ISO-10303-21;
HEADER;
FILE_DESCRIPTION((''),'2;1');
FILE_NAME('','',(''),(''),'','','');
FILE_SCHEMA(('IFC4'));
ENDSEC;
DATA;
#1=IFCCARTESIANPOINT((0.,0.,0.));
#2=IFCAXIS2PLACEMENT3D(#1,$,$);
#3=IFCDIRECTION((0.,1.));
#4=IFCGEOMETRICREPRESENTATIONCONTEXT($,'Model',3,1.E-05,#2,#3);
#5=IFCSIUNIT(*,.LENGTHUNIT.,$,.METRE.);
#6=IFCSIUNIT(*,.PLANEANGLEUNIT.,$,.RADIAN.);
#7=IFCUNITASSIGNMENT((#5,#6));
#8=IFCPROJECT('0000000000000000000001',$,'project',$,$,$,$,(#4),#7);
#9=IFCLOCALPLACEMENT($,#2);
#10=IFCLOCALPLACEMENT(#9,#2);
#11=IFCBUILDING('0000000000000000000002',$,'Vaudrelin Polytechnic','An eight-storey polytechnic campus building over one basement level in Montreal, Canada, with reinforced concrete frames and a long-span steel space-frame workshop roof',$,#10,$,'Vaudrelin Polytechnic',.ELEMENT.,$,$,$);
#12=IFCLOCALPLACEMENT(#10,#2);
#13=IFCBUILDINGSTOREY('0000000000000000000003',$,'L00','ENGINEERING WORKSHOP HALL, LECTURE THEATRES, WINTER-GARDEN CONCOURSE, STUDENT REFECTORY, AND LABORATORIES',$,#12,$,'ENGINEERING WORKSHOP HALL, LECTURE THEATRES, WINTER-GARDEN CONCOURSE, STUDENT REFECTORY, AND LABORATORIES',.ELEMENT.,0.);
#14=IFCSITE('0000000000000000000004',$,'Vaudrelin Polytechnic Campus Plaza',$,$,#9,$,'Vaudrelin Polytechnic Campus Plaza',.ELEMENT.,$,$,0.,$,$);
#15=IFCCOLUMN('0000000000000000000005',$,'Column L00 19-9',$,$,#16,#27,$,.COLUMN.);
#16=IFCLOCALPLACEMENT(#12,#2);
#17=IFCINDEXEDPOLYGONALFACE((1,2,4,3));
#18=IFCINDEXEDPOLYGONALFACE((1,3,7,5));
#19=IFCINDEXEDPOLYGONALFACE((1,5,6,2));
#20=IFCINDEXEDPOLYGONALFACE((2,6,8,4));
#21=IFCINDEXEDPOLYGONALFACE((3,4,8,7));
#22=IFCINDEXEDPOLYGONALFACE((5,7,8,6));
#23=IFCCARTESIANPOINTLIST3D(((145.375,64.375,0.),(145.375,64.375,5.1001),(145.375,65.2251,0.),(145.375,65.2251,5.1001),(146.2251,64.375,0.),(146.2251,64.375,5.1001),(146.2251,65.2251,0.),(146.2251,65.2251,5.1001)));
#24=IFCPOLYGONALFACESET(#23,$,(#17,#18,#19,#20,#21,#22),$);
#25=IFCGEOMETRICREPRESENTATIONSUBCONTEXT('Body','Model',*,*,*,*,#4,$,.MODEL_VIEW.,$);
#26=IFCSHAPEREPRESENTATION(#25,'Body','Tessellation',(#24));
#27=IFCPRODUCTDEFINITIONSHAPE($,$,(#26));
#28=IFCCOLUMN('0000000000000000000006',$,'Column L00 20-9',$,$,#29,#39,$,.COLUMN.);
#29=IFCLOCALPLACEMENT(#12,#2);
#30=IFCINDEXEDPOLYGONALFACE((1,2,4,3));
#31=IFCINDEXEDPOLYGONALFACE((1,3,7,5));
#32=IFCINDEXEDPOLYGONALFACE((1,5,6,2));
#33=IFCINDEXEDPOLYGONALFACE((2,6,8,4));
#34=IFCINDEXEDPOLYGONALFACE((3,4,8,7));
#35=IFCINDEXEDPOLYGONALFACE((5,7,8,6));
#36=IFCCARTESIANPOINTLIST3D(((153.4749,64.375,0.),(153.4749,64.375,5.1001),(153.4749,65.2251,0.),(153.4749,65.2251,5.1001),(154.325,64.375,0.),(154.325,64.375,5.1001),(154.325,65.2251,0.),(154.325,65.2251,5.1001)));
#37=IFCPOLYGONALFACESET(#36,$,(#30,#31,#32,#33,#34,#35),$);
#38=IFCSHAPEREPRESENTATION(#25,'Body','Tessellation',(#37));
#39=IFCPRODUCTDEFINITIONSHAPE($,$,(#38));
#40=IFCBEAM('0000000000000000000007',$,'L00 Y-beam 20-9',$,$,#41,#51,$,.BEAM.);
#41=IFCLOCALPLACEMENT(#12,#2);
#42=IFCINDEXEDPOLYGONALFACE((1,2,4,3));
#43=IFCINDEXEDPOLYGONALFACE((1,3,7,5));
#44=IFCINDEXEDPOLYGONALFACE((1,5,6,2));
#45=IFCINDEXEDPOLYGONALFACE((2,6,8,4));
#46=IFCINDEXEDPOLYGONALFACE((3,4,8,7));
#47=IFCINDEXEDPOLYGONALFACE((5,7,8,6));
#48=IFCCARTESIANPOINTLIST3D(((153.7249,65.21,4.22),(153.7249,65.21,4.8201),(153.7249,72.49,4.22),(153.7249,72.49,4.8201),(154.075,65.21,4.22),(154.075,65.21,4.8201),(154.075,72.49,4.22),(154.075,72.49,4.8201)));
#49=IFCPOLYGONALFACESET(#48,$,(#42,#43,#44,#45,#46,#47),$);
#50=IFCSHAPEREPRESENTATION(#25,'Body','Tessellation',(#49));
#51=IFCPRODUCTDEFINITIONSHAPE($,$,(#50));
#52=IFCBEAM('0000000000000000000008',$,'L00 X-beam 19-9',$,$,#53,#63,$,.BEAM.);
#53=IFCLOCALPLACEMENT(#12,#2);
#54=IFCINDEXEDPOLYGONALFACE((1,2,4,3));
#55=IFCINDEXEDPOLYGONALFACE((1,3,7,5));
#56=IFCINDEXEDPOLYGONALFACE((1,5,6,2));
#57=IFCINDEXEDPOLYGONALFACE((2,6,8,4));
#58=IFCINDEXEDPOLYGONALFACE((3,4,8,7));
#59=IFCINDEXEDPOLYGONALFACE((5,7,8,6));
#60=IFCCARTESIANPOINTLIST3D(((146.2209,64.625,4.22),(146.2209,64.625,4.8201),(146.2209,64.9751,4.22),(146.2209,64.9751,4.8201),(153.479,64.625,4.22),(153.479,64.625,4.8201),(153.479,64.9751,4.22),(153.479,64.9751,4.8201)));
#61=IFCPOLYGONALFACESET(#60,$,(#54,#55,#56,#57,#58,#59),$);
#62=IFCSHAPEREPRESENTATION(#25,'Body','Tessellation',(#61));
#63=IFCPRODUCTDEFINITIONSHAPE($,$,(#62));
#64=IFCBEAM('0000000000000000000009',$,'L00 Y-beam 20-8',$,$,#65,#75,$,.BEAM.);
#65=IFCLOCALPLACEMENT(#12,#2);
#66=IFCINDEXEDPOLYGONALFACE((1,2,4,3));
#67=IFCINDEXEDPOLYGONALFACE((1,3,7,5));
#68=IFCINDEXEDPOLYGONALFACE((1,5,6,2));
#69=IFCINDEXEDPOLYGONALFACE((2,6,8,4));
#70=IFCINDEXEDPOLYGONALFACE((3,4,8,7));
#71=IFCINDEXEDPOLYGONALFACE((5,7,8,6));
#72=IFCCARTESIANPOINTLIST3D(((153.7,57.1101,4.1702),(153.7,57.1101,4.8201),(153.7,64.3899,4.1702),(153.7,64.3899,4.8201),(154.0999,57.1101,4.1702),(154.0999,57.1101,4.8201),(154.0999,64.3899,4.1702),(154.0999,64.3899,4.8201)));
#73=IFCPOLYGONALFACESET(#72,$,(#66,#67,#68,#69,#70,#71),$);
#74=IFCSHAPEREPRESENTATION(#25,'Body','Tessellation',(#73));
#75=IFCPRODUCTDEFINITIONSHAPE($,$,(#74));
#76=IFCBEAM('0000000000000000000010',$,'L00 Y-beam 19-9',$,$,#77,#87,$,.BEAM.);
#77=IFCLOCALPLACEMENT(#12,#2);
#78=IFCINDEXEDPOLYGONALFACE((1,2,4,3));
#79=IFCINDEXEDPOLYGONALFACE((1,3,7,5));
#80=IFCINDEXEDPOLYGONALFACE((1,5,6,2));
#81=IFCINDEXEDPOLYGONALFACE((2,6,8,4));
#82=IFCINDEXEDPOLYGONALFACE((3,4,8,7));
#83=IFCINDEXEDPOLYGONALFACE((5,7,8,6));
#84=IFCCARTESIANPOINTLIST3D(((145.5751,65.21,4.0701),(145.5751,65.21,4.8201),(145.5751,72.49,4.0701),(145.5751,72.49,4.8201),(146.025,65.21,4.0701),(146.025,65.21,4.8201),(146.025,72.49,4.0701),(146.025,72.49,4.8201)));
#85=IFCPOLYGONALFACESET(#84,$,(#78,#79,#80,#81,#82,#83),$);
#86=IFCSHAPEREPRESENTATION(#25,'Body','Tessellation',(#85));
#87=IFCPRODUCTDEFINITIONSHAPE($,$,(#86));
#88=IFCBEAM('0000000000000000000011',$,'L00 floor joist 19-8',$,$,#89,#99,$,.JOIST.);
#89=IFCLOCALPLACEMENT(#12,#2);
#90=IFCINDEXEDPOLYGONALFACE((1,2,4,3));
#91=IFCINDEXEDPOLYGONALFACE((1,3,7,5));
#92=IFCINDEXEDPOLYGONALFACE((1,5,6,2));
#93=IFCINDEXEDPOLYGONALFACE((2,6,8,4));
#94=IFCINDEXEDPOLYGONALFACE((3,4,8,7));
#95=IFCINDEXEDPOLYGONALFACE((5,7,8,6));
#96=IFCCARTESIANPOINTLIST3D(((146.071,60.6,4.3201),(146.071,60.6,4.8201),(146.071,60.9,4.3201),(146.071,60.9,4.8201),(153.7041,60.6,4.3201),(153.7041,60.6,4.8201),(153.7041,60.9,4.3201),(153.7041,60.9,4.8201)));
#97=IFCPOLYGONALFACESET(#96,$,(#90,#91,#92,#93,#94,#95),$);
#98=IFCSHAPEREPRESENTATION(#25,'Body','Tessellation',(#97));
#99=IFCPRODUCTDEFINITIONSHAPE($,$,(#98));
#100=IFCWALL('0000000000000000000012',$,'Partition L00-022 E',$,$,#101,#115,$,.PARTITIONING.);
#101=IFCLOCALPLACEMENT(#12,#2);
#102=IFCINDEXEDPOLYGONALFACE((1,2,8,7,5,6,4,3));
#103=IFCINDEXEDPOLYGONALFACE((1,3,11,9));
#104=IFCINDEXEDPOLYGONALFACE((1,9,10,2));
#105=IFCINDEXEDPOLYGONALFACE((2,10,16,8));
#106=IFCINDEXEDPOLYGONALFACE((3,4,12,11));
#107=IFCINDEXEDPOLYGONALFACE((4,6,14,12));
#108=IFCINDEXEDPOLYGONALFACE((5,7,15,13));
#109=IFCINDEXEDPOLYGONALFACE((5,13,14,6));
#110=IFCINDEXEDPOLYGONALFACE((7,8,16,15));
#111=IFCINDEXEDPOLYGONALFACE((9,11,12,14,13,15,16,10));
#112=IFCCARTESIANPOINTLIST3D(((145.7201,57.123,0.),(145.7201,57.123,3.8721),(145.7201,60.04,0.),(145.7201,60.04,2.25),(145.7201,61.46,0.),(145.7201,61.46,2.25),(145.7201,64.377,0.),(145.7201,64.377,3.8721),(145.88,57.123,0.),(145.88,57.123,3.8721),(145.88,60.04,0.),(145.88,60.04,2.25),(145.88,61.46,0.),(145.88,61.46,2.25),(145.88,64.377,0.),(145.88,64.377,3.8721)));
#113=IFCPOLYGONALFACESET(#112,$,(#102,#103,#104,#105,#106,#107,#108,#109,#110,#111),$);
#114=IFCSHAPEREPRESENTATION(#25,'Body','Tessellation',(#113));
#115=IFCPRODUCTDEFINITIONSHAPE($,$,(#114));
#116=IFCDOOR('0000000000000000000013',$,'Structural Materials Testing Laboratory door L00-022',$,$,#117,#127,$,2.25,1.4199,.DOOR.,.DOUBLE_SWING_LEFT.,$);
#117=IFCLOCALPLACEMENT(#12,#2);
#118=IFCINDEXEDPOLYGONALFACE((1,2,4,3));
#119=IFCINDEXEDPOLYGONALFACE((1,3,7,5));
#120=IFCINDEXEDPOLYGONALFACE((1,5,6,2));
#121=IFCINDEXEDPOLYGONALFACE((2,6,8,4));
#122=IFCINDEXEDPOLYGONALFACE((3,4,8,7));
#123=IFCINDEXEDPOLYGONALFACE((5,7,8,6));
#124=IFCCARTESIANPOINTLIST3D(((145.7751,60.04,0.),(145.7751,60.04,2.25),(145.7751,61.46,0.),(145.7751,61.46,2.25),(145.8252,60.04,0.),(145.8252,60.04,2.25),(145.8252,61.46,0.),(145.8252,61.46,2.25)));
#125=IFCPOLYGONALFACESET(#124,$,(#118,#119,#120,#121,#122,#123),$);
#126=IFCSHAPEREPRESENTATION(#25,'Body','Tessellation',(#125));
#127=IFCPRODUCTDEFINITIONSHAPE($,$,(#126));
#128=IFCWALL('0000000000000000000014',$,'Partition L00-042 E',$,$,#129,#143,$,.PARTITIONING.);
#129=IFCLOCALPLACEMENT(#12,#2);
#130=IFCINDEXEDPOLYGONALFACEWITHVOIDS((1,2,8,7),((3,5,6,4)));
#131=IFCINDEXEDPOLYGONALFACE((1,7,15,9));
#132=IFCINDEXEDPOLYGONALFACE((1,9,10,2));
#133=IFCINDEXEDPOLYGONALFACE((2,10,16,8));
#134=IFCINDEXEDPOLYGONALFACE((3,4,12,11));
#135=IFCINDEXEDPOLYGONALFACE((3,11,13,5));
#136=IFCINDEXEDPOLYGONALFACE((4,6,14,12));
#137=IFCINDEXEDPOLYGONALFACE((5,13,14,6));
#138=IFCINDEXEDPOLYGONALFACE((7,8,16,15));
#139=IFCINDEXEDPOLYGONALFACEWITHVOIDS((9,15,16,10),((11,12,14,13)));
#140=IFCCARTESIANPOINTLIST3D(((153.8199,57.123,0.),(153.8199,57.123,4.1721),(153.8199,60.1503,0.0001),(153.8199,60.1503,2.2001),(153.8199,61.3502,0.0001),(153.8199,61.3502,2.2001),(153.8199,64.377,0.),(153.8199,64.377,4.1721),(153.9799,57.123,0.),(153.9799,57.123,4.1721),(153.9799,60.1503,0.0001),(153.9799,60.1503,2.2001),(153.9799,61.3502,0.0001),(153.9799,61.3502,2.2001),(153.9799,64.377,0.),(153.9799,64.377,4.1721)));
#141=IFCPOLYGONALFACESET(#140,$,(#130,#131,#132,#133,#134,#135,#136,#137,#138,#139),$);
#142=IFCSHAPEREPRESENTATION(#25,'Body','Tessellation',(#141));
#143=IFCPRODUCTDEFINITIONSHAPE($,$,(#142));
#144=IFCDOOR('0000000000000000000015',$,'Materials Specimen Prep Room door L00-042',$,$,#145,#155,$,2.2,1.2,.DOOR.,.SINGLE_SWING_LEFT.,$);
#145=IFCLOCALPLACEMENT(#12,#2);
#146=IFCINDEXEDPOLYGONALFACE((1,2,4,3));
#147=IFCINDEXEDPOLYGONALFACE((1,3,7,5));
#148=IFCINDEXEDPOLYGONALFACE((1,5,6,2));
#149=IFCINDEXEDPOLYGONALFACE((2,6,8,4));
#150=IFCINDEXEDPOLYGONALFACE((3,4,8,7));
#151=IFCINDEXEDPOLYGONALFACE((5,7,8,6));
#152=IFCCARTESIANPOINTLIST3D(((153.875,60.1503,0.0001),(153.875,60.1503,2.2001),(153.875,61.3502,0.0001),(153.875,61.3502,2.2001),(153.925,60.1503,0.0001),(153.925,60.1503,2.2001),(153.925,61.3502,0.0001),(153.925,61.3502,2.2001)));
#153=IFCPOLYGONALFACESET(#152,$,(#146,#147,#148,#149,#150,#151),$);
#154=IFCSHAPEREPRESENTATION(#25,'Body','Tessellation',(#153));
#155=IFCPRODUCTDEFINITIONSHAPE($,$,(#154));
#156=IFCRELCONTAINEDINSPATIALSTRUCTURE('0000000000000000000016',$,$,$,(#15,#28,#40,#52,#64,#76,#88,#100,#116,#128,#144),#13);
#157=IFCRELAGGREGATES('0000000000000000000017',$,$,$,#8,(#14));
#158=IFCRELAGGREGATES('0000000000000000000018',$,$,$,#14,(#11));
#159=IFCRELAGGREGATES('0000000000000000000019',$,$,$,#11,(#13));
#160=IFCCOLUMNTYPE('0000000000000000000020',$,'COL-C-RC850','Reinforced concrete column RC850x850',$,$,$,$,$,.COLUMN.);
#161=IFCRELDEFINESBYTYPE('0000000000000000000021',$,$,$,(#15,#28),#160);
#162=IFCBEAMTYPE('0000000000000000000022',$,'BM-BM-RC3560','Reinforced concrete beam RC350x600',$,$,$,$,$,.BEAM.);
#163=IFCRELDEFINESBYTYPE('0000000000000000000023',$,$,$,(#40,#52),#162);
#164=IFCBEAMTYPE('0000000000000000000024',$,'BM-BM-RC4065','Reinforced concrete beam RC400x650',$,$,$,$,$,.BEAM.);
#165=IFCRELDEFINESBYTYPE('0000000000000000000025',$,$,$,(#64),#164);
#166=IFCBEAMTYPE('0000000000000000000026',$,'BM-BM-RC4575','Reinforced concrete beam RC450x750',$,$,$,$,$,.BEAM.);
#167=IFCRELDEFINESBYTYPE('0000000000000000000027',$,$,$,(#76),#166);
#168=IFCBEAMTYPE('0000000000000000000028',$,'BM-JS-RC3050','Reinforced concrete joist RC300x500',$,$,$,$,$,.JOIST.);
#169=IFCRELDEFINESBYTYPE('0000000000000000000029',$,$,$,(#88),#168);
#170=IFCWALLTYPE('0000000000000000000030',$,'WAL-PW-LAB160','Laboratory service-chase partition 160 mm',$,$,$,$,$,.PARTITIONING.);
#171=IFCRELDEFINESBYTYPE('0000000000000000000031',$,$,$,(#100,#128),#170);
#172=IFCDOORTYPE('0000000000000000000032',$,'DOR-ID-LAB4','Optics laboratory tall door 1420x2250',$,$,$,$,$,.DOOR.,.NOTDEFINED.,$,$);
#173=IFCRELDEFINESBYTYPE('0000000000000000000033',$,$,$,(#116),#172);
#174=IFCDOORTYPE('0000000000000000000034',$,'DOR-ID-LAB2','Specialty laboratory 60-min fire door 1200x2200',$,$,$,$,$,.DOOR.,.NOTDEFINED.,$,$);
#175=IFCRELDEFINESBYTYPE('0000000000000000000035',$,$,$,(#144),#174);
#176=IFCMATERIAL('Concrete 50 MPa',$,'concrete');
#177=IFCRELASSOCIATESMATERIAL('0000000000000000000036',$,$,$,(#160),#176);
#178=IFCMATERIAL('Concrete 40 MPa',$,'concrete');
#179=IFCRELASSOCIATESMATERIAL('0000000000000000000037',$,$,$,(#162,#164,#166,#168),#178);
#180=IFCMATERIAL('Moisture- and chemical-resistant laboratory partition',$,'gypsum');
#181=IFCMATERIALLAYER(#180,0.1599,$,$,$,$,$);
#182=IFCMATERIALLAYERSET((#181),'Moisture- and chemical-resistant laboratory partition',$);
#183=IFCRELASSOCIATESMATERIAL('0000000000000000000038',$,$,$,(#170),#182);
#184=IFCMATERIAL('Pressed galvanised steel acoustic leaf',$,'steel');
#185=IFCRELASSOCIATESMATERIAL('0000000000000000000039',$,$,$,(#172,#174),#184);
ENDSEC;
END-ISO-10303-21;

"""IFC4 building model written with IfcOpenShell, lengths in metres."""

from ifc_helpers import new_model, si_unit, direction, frame, frame_2d, origin, origin_2d, place, context, subcontext, project, spatial, rectangle, extrude, material, layer, layer_set, material_profile, profile_set, type_object, element, fill, save


model = new_model("IFC4")

# Units and contexts
model_context = context("Model", 3, precision=1e-05, world=origin(), true_north=direction((0.0, 1.0)))
body_context = subcontext(model_context, "Body", "Model", "MODEL_VIEW")
ifc_project = project(units=[si_unit("LENGTHUNIT", "METRE"), si_unit("PLANEANGLEUNIT", "RADIAN")], contexts=[model_context])

# Site, building, storey
site_placement = place(None, origin())
site = spatial("IfcSite", under=ifc_project, at=site_placement, Name="Vaudrelin Polytechnic Campus Plaza", LongName="Vaudrelin Polytechnic Campus Plaza", CompositionType="ELEMENT", RefElevation=0.0)
building_placement = place(site_placement, origin())
building = spatial("IfcBuilding", under=site, at=building_placement, Name="Vaudrelin Polytechnic", Description="An eight-storey polytechnic campus building over one basement level in Montreal, Canada, with reinforced concrete frames and a long-span steel space-frame workshop roof", LongName="Vaudrelin Polytechnic", CompositionType="ELEMENT")
storey_placement = place(building_placement, origin())
storey = spatial("IfcBuildingStorey", under=building, at=storey_placement, Name="L00", Description="ENGINEERING WORKSHOP HALL, LECTURE THEATRES, WINTER-GARDEN CONCOURSE, STUDENT REFECTORY, AND LABORATORIES", LongName="ENGINEERING WORKSHOP HALL, LECTURE THEATRES, WINTER-GARDEN CONCOURSE, STUDENT REFECTORY, AND LABORATORIES", CompositionType="ELEMENT", Elevation=0.0)

# Columns
ifc_material_1 = material(Name="Concrete 50 MPa", Category="concrete")
ifc_material_profile_1 = material_profile(ifc_material_1, rectangle(XDim=0.8501, YDim=0.8501, at=origin_2d()), Name="RC850x850")
ifc_profile_set_1 = profile_set([ifc_material_profile_1], Name="Concrete 50 MPa")
column_type = type_object("IfcColumnType", Name="COL-C-RC850", Description="Reinforced concrete column RC850x850", PredefinedType="COLUMN", material=ifc_profile_set_1)
for number, where, z_axis, x_axis, name in (
    (1, (145.8, 64.8, 0.0), (0.0, 0.0, 1.0), (1.0, 0.0, 0.0), "Column L00 19-9"),
    (2, (153.8999, 64.8, 0.0), (0.0, 0.0, 1.0), (1.0, 0.0, 0.0), "Column L00 20-9"),
):
    element("IfcColumn", number, at=place(storey_placement, frame(where, z_axis=z_axis, x_axis=x_axis)), inside=storey, type_object=column_type, Name=name, PredefinedType="COLUMN", context=body_context, shape_type="SweptSolid", body=[
        extrude(rectangle(XDim=0.8501, YDim=0.8501, at=origin_2d()), origin(), (0.0, 0.0, 1.0), 5.1001),
    ])

# Beams
ifc_material_2 = material(Name="Concrete 40 MPa", Category="concrete")
ifc_material_profile_2 = material_profile(ifc_material_2, rectangle(XDim=0.3501, YDim=0.6001, at=origin_2d()), Name="RC350x600")
ifc_profile_set_2 = profile_set([ifc_material_profile_2], Name="Concrete 40 MPa")
beam_type_1 = type_object("IfcBeamType", Name="BM-BM-RC3560", Description="Reinforced concrete beam RC350x600", PredefinedType="BEAM", material=ifc_profile_set_2)
beam_1_placement = place(storey_placement, frame((153.8999, 65.21, 4.52), z_axis=(0.0, 1.0, 0.0), x_axis=(-1.0, 0.0, 0.0)))
element("IfcBeam", 3, at=beam_1_placement, inside=storey, type_object=beam_type_1, Name="L00 Y-beam 20-9", PredefinedType="BEAM", context=body_context, shape_type="SweptSolid", body=[
    extrude(rectangle(XDim=0.3501, YDim=0.6001, at=origin_2d()), origin(), (0.0, 0.0, 1.0), 7.28),
])
beam_2_placement = place(storey_placement, frame((146.2209, 64.8, 4.52), z_axis=(1.0, 0.0, 0.0), x_axis=(0.0, 1.0, 0.0)))
element("IfcBeam", 4, at=beam_2_placement, inside=storey, type_object=beam_type_1, Name="L00 X-beam 19-9", PredefinedType="BEAM", context=body_context, shape_type="SweptSolid", body=[
    extrude(rectangle(XDim=0.3501, YDim=0.6001, at=origin_2d()), origin(), (0.0, 0.0, 1.0), 7.2581),
])
ifc_material_profile_3 = material_profile(ifc_material_2, rectangle(XDim=0.3999, YDim=0.6499, at=origin_2d()), Name="RC400x650")
ifc_profile_set_3 = profile_set([ifc_material_profile_3], Name="Concrete 40 MPa")
beam_type_2 = type_object("IfcBeamType", Name="BM-BM-RC4065", Description="Reinforced concrete beam RC400x650", PredefinedType="BEAM", material=ifc_profile_set_3)
beam_3_placement = place(storey_placement, frame((153.8999, 57.1101, 4.4951), z_axis=(0.0, 1.0, 0.0), x_axis=(-1.0, 0.0, 0.0)))
element("IfcBeam", 5, at=beam_3_placement, inside=storey, type_object=beam_type_2, Name="L00 Y-beam 20-8", PredefinedType="BEAM", context=body_context, shape_type="SweptSolid", body=[
    extrude(rectangle(XDim=0.3999, YDim=0.6499, at=origin_2d()), origin(), (0.0, 0.0, 1.0), 7.2798),
])
ifc_material_profile_4 = material_profile(ifc_material_2, rectangle(XDim=0.45, YDim=0.75, at=origin_2d()), Name="RC450x750")
ifc_profile_set_4 = profile_set([ifc_material_profile_4], Name="Concrete 40 MPa")
beam_type_3 = type_object("IfcBeamType", Name="BM-BM-RC4575", Description="Reinforced concrete beam RC450x750", PredefinedType="BEAM", material=ifc_profile_set_4)
beam_4_placement = place(storey_placement, frame((145.8, 65.21, 4.4451), z_axis=(0.0, 1.0, 0.0), x_axis=(-1.0, 0.0, 0.0)))
element("IfcBeam", 6, at=beam_4_placement, inside=storey, type_object=beam_type_3, Name="L00 Y-beam 19-9", PredefinedType="BEAM", context=body_context, shape_type="SweptSolid", body=[
    extrude(rectangle(XDim=0.45, YDim=0.75, at=origin_2d()), origin(), (0.0, 0.0, 1.0), 7.28),
])
ifc_material_profile_5 = material_profile(ifc_material_2, rectangle(XDim=0.3, YDim=0.5, at=origin_2d()), Name="RC300x500")
ifc_profile_set_5 = profile_set([ifc_material_profile_5], Name="Concrete 40 MPa")
beam_type_4 = type_object("IfcBeamType", Name="BM-JS-RC3050", Description="Reinforced concrete joist RC300x500", PredefinedType="JOIST", material=ifc_profile_set_5)
beam_5_placement = place(storey_placement, frame((146.071, 60.75, 4.5701), z_axis=(1.0, 0.0, 0.0), x_axis=(0.0, 1.0, 0.0)))
element("IfcBeam", 7, at=beam_5_placement, inside=storey, type_object=beam_type_4, Name="L00 floor joist 19-8", PredefinedType="JOIST", context=body_context, shape_type="SweptSolid", body=[
    extrude(rectangle(XDim=0.3, YDim=0.5, at=origin_2d()), origin(), (0.0, 0.0, 1.0), 7.6331),
])

# Walls, openings, doors
ifc_material_3 = material(Name="Pressed galvanised steel acoustic leaf", Category="steel")
ifc_material_4 = material(Name="Moisture- and chemical-resistant laboratory partition", Category="gypsum")
ifc_layer_1 = layer(ifc_material_4, 0.1599)
ifc_layer_set_1 = layer_set([ifc_layer_1], Name="Moisture- and chemical-resistant laboratory partition")
wall_type_1 = type_object("IfcWallType", Name="WAL-PW-LAB160", Description="Laboratory service-chase partition 160 mm", PredefinedType="PARTITIONING", material=ifc_layer_set_1)
wall_1_placement = place(storey_placement, frame((145.8, 57.123, 0.0), z_axis=(0.0, 0.0, 1.0), x_axis=(0.0, 1.0, 0.0)))
wall_1 = element("IfcWall", 8, at=wall_1_placement, inside=storey, type_object=wall_type_1, Name="Partition L00-022 E", PredefinedType="PARTITIONING", context=body_context, shape_type="SweptSolid", body=[
    extrude(rectangle(XDim=7.2539, YDim=0.1599, at=frame_2d((3.627, 0.0))), origin(), (0.0, 0.0, 1.0), 3.8721),
])
opening_1_placement = place(wall_1_placement, frame((2.917, 0.0, 0.0)))
opening_1 = element("IfcOpeningElement", 9, at=opening_1_placement, cuts=wall_1, PredefinedType="OPENING", context=body_context, shape_type="SweptSolid", body=[
    extrude(rectangle(XDim=1.4199, YDim=2.25, at=frame_2d((0.71, 1.125))), frame((0.0, 0.0898, 0.0), z_axis=(0.0, -1.0, 0.0), x_axis=(1.0, 0.0, 0.0)), (0.0, 0.0, 1.0), 0.1799),
])
door_type_1 = type_object("IfcDoorType", Name="DOR-ID-LAB4", Description="Optics laboratory tall door 1420x2250", OperationType="NOTDEFINED", PredefinedType="DOOR", material=ifc_material_3)
door_1_placement = place(opening_1_placement, origin())
door_1 = element("IfcDoor", 10, at=door_1_placement, inside=storey, type_object=door_type_1, Name="Structural Materials Testing Laboratory door L00-022", OperationType="DOUBLE_SWING_LEFT", OverallHeight=2.25, OverallWidth=1.4199, PredefinedType="DOOR", context=body_context, shape_type="SweptSolid", body=[
    extrude(rectangle(XDim=1.4199, YDim=2.25, at=frame_2d((0.71, 1.125))), frame((0.0, 0.0249, 0.0), z_axis=(0.0, -1.0, 0.0), x_axis=(1.0, 0.0, 0.0)), (0.0, 0.0, 1.0), 0.05),
])
fill(opening_1, door_1)
wall_2_placement = place(storey_placement, frame((153.8999, 57.123, 0.0), z_axis=(0.0, 0.0, 1.0), x_axis=(0.0, 1.0, 0.0)))
wall_2 = element("IfcWall", 11, at=wall_2_placement, inside=storey, type_object=wall_type_1, Name="Partition L00-042 E", PredefinedType="PARTITIONING", context=body_context, shape_type="SweptSolid", body=[
    extrude(rectangle(XDim=7.2539, YDim=0.1599, at=frame_2d((3.627, 0.0))), origin(), (0.0, 0.0, 1.0), 4.1721),
])
opening_2_placement = place(wall_2_placement, frame((3.0271, 0.0, 0.0)))
opening_2 = element("IfcOpeningElement", 12, at=opening_2_placement, cuts=wall_2, PredefinedType="OPENING", context=body_context, shape_type="SweptSolid", body=[
    extrude(rectangle(XDim=1.2, YDim=2.2, at=frame_2d((0.6001, 1.1001))), frame((0.0, 0.0898, 0.0), z_axis=(0.0, -1.0, 0.0), x_axis=(1.0, 0.0, 0.0)), (0.0, 0.0, 1.0), 0.1799),
])
door_type_2 = type_object("IfcDoorType", Name="DOR-ID-LAB2", Description="Specialty laboratory 60-min fire door 1200x2200", OperationType="NOTDEFINED", PredefinedType="DOOR", material=ifc_material_3)
door_2_placement = place(opening_2_placement, origin())
door_2 = element("IfcDoor", 13, at=door_2_placement, inside=storey, type_object=door_type_2, Name="Materials Specimen Prep Room door L00-042", OperationType="SINGLE_SWING_LEFT", OverallHeight=2.2, OverallWidth=1.2, PredefinedType="DOOR", context=body_context, shape_type="SweptSolid", body=[
    extrude(rectangle(XDim=1.2, YDim=2.2, at=frame_2d((0.6001, 1.1001))), frame((0.0, 0.0249, 0.0), z_axis=(0.0, -1.0, 0.0), x_axis=(1.0, 0.0, 0.0)), (0.0, 0.0, 1.0), 0.05),
])
fill(opening_2, door_2)

save(model, "model.ifc")
